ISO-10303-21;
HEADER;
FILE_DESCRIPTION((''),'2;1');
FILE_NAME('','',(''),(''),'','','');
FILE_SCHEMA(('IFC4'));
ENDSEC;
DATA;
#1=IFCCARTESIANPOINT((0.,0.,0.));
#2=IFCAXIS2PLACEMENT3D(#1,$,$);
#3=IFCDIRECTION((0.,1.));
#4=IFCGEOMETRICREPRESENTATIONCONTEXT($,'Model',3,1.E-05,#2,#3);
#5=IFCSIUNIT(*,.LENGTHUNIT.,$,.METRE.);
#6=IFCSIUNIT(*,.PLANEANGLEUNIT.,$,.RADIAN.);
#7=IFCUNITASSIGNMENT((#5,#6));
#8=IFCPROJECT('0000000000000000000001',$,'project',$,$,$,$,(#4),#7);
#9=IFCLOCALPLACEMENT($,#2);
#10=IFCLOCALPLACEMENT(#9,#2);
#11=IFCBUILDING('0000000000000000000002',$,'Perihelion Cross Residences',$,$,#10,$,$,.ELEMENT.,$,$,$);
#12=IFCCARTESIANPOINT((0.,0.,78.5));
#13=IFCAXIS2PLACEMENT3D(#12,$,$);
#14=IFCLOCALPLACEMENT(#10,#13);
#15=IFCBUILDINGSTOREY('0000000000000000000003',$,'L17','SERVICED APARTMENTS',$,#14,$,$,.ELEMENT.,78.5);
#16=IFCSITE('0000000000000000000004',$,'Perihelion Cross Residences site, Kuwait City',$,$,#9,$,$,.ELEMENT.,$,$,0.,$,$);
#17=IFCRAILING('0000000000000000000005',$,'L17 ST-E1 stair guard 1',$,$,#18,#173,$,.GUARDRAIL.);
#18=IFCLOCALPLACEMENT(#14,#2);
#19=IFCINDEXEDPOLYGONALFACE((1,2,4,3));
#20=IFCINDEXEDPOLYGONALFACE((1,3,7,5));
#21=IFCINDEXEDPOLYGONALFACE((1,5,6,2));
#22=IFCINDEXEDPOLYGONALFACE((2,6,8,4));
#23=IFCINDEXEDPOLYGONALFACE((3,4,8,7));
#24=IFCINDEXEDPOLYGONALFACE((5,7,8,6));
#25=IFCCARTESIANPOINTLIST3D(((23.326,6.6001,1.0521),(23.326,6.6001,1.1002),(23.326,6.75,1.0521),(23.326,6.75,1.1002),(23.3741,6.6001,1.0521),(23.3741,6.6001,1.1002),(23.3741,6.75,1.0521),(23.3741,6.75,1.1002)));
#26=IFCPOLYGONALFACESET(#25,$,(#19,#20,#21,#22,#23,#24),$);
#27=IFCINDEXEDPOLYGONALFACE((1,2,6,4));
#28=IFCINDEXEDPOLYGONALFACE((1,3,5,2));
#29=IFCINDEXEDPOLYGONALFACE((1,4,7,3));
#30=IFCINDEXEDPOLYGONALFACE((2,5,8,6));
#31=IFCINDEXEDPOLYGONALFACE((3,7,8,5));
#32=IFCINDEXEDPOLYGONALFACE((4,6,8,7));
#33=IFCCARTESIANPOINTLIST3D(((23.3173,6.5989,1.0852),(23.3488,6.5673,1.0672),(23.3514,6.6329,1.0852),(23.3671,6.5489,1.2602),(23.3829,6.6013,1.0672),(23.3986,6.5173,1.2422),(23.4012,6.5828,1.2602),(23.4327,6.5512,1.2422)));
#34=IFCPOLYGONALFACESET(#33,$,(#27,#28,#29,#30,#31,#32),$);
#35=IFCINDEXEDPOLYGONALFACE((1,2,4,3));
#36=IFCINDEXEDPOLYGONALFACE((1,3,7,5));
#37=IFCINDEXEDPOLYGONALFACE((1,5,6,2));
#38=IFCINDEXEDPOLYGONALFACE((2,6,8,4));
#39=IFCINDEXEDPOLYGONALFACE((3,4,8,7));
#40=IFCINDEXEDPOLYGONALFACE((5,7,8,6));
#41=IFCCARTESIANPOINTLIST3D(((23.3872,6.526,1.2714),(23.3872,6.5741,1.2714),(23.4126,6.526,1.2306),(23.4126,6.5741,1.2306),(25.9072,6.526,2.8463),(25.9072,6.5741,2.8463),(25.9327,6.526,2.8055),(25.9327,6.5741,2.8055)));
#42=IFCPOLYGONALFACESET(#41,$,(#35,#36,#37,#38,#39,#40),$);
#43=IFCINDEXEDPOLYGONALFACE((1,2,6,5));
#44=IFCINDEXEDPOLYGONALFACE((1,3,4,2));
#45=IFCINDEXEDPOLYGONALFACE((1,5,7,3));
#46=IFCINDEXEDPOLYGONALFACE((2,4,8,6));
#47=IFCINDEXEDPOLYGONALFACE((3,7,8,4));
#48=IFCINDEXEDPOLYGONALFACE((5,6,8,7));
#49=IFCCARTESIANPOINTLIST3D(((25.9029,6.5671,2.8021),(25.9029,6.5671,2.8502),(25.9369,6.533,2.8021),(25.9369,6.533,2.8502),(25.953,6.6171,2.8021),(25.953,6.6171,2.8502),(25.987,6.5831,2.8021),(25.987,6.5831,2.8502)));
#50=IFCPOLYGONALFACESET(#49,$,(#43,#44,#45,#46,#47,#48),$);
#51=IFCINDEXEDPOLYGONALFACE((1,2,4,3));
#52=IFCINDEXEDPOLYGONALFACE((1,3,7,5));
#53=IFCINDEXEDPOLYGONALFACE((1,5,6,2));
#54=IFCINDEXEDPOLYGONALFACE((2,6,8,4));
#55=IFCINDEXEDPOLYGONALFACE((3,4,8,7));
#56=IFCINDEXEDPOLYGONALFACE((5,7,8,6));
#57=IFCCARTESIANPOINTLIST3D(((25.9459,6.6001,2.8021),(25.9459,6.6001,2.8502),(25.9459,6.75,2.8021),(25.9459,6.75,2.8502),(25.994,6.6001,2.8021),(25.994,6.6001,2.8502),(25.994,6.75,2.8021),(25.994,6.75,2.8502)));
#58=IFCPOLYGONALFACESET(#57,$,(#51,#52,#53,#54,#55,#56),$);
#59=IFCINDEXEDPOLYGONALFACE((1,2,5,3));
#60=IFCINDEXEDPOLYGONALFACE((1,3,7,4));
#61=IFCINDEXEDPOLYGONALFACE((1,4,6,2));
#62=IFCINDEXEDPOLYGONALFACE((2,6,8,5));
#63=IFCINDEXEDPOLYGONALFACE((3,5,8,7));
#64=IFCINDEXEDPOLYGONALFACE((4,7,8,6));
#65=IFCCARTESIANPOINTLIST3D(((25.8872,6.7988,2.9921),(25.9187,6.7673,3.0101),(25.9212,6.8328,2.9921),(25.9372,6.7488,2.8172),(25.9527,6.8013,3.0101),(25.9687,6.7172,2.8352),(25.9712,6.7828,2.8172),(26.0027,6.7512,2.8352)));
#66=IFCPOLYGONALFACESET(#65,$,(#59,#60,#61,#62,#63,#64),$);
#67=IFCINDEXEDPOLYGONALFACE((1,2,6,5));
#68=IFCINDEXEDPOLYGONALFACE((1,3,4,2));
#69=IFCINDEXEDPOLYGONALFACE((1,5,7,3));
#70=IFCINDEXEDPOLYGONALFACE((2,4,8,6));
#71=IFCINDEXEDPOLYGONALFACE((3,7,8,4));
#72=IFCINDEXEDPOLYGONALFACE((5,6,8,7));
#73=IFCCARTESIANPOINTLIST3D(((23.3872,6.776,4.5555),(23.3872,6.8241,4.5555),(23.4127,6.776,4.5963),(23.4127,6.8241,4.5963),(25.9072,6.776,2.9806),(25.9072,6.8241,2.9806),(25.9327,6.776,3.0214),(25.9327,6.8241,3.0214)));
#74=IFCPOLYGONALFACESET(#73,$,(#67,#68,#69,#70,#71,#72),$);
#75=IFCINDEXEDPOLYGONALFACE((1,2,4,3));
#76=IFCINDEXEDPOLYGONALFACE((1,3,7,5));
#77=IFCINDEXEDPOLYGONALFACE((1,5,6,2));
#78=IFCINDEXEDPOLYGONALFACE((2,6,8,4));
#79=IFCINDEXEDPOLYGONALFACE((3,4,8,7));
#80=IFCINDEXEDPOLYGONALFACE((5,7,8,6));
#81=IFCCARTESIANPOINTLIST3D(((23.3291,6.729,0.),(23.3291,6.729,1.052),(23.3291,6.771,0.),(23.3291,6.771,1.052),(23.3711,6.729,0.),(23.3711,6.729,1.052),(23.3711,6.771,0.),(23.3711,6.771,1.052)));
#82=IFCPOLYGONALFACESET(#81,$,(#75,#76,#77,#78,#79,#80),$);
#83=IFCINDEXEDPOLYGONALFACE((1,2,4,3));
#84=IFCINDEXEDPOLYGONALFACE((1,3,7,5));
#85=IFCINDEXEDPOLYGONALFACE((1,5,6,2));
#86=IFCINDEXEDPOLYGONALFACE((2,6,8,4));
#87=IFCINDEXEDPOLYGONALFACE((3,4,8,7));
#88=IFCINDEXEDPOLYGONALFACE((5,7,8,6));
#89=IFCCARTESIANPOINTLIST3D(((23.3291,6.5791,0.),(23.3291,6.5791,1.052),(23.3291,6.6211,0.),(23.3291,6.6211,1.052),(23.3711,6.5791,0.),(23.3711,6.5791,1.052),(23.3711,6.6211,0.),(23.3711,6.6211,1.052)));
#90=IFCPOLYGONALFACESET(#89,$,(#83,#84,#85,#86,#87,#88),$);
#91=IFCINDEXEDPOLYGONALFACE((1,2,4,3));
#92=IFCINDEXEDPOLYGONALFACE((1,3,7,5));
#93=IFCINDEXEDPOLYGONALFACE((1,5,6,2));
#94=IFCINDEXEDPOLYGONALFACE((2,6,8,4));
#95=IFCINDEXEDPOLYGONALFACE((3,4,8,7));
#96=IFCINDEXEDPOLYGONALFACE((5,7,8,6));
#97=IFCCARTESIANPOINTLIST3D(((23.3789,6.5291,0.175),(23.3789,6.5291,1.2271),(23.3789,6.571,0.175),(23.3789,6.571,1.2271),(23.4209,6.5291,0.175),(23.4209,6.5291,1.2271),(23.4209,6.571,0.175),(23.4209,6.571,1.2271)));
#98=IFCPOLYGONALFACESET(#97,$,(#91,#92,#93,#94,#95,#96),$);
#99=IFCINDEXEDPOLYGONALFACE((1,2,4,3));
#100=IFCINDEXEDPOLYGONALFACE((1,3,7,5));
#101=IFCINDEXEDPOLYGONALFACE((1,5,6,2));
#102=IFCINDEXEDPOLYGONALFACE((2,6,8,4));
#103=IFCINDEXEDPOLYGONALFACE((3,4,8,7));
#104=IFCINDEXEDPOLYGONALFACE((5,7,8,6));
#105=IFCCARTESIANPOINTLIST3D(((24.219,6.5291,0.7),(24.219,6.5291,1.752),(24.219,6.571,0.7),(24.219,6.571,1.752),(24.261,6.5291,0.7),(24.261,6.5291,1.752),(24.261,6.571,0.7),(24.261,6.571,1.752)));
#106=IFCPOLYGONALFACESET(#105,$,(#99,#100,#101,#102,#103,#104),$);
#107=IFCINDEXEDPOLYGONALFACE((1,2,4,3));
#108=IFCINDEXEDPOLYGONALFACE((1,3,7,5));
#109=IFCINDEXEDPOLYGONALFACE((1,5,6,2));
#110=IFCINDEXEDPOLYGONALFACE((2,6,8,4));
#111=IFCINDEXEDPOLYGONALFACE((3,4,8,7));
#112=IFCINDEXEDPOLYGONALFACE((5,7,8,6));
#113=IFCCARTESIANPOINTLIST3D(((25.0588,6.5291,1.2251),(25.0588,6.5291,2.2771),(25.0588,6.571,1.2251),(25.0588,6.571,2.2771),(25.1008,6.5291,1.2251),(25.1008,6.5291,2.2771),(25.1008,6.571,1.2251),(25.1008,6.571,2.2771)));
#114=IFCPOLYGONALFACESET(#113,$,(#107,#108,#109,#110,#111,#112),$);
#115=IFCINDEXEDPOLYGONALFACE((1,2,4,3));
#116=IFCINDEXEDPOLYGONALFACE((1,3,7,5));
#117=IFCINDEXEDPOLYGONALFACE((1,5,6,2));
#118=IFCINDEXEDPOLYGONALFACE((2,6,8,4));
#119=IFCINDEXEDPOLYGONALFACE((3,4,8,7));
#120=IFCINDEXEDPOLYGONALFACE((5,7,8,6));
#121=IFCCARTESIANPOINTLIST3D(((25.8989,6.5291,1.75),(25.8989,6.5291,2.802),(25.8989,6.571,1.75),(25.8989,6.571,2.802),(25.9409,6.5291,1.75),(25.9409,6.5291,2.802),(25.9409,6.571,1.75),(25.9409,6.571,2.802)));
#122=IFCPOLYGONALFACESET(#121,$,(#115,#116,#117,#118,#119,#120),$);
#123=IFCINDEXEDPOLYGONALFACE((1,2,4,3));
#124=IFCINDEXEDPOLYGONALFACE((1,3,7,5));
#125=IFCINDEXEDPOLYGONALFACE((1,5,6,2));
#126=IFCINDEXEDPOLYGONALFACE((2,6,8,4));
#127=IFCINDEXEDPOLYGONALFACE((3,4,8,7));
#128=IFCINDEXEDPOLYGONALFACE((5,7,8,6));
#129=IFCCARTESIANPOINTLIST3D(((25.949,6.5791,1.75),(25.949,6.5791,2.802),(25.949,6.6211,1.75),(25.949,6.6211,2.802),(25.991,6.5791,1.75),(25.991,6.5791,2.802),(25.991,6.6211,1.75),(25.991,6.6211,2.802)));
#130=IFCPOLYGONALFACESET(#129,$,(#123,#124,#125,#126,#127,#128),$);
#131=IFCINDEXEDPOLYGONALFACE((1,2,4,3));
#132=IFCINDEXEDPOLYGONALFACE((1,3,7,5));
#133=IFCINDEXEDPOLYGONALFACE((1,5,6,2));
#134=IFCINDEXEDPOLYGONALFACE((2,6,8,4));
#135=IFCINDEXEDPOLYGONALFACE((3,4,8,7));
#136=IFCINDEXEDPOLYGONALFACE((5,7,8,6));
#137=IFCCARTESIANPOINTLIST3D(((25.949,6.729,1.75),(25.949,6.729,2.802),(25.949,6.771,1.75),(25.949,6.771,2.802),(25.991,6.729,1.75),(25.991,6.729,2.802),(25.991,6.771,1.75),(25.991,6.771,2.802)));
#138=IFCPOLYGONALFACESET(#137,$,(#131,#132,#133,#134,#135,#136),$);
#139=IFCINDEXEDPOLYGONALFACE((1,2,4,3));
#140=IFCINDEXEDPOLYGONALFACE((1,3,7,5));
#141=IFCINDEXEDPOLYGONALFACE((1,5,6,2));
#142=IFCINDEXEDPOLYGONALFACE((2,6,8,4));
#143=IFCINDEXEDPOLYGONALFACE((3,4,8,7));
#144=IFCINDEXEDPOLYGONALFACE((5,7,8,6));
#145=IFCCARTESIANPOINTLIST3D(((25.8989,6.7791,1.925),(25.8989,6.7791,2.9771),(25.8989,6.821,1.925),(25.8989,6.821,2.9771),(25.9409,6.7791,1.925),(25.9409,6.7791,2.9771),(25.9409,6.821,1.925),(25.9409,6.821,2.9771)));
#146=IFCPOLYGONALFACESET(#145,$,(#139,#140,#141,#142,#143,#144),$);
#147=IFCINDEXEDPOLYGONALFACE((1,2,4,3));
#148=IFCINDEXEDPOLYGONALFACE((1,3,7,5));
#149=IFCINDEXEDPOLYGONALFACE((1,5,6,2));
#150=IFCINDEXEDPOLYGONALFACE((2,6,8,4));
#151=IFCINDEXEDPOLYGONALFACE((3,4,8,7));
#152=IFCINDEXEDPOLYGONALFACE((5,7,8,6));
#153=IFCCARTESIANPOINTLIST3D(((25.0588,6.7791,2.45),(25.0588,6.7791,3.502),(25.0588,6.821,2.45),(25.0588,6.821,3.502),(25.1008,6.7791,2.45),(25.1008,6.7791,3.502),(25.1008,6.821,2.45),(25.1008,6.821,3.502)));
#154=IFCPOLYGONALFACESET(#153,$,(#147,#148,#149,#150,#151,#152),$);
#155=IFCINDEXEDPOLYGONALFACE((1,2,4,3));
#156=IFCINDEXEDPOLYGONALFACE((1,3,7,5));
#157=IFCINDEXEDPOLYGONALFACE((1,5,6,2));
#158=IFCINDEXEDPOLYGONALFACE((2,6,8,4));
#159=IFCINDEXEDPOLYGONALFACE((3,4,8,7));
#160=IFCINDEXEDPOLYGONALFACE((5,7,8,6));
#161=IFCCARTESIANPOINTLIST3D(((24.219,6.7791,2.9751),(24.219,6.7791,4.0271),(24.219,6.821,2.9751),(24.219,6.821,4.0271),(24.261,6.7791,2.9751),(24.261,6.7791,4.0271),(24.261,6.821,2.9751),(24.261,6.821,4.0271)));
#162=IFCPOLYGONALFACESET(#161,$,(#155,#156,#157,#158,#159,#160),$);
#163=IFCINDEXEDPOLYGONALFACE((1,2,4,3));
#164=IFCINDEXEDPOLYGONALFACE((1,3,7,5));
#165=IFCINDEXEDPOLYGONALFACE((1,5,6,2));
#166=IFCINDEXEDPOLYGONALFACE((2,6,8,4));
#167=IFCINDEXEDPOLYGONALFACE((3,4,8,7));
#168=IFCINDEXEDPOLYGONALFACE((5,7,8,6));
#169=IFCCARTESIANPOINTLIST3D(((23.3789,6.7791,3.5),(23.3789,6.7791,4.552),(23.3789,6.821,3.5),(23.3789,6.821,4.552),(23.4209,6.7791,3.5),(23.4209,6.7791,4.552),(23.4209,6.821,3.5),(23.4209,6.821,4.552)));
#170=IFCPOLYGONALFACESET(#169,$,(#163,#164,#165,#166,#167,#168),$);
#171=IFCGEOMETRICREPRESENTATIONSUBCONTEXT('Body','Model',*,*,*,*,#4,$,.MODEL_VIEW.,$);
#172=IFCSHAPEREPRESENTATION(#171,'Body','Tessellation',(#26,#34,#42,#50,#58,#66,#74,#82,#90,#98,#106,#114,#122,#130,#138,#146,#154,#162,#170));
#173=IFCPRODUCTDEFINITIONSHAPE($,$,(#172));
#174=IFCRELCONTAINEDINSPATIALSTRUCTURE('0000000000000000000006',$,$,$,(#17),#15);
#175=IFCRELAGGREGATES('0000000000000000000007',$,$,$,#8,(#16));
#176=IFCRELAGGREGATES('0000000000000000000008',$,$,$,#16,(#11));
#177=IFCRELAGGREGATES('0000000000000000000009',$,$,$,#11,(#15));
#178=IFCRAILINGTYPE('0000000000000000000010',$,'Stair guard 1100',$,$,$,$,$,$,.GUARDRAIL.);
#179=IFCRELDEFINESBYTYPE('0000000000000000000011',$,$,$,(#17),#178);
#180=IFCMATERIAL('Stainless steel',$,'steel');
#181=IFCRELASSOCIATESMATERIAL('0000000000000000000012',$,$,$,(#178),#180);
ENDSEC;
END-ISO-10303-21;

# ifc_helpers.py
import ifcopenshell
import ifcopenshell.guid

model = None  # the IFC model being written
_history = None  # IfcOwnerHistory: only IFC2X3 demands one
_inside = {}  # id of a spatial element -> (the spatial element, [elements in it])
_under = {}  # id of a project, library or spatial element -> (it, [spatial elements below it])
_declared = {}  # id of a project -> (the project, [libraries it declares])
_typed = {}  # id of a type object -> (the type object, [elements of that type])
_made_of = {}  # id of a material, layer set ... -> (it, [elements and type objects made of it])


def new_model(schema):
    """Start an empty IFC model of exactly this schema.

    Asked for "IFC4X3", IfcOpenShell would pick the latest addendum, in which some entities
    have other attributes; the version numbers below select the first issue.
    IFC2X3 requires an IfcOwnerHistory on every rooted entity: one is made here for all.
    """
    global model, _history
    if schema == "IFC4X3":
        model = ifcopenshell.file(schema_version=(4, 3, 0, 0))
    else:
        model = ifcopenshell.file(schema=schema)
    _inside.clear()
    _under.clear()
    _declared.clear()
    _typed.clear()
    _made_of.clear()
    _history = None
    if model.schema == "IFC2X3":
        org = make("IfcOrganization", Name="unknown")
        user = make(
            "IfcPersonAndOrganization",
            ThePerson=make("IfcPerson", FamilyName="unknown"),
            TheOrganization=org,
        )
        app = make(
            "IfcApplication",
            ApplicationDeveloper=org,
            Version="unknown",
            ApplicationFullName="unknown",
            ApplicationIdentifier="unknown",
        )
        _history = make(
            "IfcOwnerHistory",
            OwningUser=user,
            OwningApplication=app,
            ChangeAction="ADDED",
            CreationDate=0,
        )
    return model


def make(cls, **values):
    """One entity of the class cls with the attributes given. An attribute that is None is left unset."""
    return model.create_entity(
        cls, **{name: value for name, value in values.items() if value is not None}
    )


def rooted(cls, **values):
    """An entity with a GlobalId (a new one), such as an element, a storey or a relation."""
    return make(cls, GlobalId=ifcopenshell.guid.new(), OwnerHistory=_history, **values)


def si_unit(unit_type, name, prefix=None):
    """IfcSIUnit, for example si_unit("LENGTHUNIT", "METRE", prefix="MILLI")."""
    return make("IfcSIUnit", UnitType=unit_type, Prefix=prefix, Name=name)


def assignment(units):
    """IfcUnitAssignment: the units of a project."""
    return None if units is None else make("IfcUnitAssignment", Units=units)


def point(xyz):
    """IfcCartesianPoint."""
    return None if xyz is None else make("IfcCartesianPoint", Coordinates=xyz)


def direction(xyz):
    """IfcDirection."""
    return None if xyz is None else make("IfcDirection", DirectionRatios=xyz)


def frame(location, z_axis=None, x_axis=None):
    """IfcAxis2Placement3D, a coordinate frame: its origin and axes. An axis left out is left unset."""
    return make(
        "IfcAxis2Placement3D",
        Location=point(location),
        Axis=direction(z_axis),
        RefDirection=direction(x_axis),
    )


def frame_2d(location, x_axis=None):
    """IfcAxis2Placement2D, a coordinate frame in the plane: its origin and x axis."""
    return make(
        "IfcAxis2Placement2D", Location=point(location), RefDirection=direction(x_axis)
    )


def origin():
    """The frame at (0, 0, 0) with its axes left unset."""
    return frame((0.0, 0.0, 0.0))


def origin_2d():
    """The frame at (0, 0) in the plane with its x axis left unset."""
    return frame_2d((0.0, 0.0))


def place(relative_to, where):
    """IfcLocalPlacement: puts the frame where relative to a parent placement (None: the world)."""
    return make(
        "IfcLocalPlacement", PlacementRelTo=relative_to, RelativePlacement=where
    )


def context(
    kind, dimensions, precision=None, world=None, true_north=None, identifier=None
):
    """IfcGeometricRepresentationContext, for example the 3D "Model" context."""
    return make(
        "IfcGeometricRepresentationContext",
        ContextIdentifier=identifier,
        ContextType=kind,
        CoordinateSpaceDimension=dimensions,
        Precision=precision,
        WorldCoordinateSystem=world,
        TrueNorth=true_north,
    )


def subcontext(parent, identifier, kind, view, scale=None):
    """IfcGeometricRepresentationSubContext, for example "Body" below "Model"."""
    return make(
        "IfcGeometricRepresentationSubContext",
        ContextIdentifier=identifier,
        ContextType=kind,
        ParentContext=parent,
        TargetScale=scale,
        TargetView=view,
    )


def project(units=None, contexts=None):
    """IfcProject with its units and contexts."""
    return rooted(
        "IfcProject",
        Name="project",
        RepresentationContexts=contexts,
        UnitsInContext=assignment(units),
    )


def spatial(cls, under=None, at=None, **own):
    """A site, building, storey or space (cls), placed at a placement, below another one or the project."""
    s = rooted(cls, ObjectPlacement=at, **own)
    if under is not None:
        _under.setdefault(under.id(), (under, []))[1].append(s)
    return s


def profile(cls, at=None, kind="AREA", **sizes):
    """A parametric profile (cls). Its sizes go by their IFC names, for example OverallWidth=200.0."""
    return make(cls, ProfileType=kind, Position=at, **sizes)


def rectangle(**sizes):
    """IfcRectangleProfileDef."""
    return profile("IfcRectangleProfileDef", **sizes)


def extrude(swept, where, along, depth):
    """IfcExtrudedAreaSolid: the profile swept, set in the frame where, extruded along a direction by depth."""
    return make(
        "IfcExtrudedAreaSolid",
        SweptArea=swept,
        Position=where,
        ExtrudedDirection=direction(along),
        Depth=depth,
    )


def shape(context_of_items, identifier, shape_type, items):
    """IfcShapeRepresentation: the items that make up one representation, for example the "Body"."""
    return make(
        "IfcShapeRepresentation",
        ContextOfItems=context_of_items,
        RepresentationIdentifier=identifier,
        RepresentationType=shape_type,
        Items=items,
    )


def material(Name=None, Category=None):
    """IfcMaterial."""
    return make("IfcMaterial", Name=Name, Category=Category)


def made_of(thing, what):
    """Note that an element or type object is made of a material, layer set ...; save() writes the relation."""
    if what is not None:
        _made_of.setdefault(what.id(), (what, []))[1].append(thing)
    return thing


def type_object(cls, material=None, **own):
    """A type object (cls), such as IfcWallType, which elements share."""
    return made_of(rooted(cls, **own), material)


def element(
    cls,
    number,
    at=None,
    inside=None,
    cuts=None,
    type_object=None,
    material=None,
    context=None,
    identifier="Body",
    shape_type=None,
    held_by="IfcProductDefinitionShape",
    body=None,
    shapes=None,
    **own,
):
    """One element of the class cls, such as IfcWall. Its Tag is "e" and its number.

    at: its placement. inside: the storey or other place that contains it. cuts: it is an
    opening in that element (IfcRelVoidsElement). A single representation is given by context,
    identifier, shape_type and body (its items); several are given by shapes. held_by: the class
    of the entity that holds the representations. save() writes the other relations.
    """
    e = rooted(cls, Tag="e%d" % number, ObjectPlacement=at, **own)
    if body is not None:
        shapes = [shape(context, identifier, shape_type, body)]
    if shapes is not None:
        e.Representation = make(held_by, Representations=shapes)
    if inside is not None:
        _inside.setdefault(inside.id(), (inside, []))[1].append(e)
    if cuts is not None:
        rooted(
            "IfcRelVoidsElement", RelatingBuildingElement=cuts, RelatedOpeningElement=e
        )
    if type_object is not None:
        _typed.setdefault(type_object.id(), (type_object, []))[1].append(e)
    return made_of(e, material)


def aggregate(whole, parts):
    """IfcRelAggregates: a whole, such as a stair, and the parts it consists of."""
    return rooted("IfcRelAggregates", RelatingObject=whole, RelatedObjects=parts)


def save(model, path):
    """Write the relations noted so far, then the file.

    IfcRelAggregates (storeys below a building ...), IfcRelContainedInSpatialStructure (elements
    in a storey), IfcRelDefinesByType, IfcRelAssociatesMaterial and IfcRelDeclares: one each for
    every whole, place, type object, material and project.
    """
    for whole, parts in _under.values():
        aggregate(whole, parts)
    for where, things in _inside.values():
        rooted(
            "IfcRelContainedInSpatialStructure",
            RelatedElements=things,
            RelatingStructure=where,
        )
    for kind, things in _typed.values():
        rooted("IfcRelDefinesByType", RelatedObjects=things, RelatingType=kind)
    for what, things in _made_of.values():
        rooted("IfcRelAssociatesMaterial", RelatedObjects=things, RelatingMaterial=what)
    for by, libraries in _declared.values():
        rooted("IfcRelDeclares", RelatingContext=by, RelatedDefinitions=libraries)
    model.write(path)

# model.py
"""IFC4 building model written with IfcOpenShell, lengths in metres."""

from ifc_helpers import new_model, si_unit, direction, frame, origin, origin_2d, place, context, subcontext, project, spatial, rectangle, extrude, material, type_object, element, save


model = new_model("IFC4")

# Units and contexts
model_context = context("Model", 3, precision=1e-05, world=origin(), true_north=direction((0.0, 1.0)))
body_context = subcontext(model_context, "Body", "Model", "MODEL_VIEW")
ifc_project = project(units=[si_unit("LENGTHUNIT", "METRE"), si_unit("PLANEANGLEUNIT", "RADIAN")], contexts=[model_context])

# Site, building, storey
site_placement = place(None, origin())
site = spatial("IfcSite", under=ifc_project, at=site_placement, Name="Perihelion Cross Residences site, Kuwait City", CompositionType="ELEMENT", RefElevation=0.0)
building_placement = place(site_placement, origin())
building = spatial("IfcBuilding", under=site, at=building_placement, Name="Perihelion Cross Residences", CompositionType="ELEMENT")
storey_placement = place(building_placement, frame((0.0, 0.0, 78.5)))
storey = spatial("IfcBuildingStorey", under=building, at=storey_placement, Name="L17", Description="SERVICED APARTMENTS", CompositionType="ELEMENT", Elevation=78.5)

# Railing
ifc_material_1 = material(Name="Stainless steel", Category="steel")
railing_type = type_object("IfcRailingType", Name="Stair guard 1100", PredefinedType="GUARDRAIL", material=ifc_material_1)
railing_placement = place(storey_placement, frame((23.3501, 6.75, 0.0)))
element("IfcRailing", 1, at=railing_placement, inside=storey, type_object=railing_type, Name="L17 ST-E1 stair guard 1", PredefinedType="GUARDRAIL", context=body_context, shape_type="SweptSolid", body=[
    extrude(rectangle(XDim=0.0481, YDim=0.0481, at=origin_2d()), frame((0.0, 0.0, 1.0762), z_axis=(0.0, -1.0, 0.0), x_axis=(1.0, 0.0, 0.0)), (0.0, 0.0, 1.0), 0.1499),
    extrude(rectangle(XDim=0.0481, YDim=0.0481, at=origin_2d()), frame((0.0, -0.1499, 1.0762), z_axis=(0.263862, -0.265156, 0.927399), x_axis=(0.708834, 0.705376, 0.0)), (0.0, 0.0, 1.0), 0.1887),
    extrude(rectangle(XDim=0.0481, YDim=0.0481, at=origin_2d()), frame((0.0498, -0.2, 1.251), z_axis=(0.848008, 0.0, 0.529984), x_axis=(0.0, 1.0, 0.0)), (0.0, 0.0, 1.0), 2.9717),
    extrude(rectangle(XDim=0.0481, YDim=0.0481, at=origin_2d()), frame((2.5698, -0.2, 2.8262), z_axis=(0.707107, 0.707107, 0.0), x_axis=(-0.707107, 0.707107, 0.0)), (0.0, 0.0, 1.0), 0.0708),
    extrude(rectangle(XDim=0.0481, YDim=0.0481, at=origin_2d()), frame((2.6199, -0.1499, 2.8262), z_axis=(0.0, 1.0, 0.0), x_axis=(-1.0, 0.0, 0.0)), (0.0, 0.0, 1.0), 0.1499),
    extrude(rectangle(XDim=0.0481, YDim=0.0481, at=origin_2d()), frame((2.6199, 0.0, 2.8262), z_axis=(-0.265065, 0.265065, 0.927082), x_axis=(-0.707107, -0.707107, 0.0)), (0.0, 0.0, 1.0), 0.1887),
    extrude(rectangle(XDim=0.0481, YDim=0.0481, at=origin_2d()), frame((2.5698, 0.05, 3.001), z_axis=(-0.848008, 0.0, 0.529984), x_axis=(0.0, -1.0, 0.0)), (0.0, 0.0, 1.0), 2.9717),
    extrude(rectangle(XDim=0.042, YDim=0.042, at=origin_2d()), origin(), (0.0, 0.0, 1.0), 1.052),
    extrude(rectangle(XDim=0.042, YDim=0.042, at=origin_2d()), frame((0.0, -0.1499, 0.0)), (0.0, 0.0, 1.0), 1.052),
    extrude(rectangle(XDim=0.042, YDim=0.042, at=origin_2d()), frame((0.0498, -0.2, 0.175)), (0.0, 0.0, 1.0), 1.052),
    extrude(rectangle(XDim=0.042, YDim=0.042, at=origin_2d()), frame((0.8899, -0.2, 0.7)), (0.0, 0.0, 1.0), 1.052),
    extrude(rectangle(XDim=0.042, YDim=0.042, at=origin_2d()), frame((1.7297, -0.2, 1.2251)), (0.0, 0.0, 1.0), 1.052),
    extrude(rectangle(XDim=0.042, YDim=0.042, at=origin_2d()), frame((2.5698, -0.2, 1.75)), (0.0, 0.0, 1.0), 1.052),
    extrude(rectangle(XDim=0.042, YDim=0.042, at=origin_2d()), frame((2.6199, -0.1499, 1.75)), (0.0, 0.0, 1.0), 1.052),
    extrude(rectangle(XDim=0.042, YDim=0.042, at=origin_2d()), frame((2.6199, 0.0, 1.75)), (0.0, 0.0, 1.0), 1.052),
    extrude(rectangle(XDim=0.042, YDim=0.042, at=origin_2d()), frame((2.5698, 0.05, 1.925)), (0.0, 0.0, 1.0), 1.052),
    extrude(rectangle(XDim=0.042, YDim=0.042, at=origin_2d()), frame((1.7297, 0.05, 2.45)), (0.0, 0.0, 1.0), 1.052),
    extrude(rectangle(XDim=0.042, YDim=0.042, at=origin_2d()), frame((0.8899, 0.05, 2.9751)), (0.0, 0.0, 1.0), 1.052),
    extrude(rectangle(XDim=0.042, YDim=0.042, at=origin_2d()), frame((0.0498, 0.05, 3.5)), (0.0, 0.0, 1.0), 1.052),
])

save(model, "model.ifc")
